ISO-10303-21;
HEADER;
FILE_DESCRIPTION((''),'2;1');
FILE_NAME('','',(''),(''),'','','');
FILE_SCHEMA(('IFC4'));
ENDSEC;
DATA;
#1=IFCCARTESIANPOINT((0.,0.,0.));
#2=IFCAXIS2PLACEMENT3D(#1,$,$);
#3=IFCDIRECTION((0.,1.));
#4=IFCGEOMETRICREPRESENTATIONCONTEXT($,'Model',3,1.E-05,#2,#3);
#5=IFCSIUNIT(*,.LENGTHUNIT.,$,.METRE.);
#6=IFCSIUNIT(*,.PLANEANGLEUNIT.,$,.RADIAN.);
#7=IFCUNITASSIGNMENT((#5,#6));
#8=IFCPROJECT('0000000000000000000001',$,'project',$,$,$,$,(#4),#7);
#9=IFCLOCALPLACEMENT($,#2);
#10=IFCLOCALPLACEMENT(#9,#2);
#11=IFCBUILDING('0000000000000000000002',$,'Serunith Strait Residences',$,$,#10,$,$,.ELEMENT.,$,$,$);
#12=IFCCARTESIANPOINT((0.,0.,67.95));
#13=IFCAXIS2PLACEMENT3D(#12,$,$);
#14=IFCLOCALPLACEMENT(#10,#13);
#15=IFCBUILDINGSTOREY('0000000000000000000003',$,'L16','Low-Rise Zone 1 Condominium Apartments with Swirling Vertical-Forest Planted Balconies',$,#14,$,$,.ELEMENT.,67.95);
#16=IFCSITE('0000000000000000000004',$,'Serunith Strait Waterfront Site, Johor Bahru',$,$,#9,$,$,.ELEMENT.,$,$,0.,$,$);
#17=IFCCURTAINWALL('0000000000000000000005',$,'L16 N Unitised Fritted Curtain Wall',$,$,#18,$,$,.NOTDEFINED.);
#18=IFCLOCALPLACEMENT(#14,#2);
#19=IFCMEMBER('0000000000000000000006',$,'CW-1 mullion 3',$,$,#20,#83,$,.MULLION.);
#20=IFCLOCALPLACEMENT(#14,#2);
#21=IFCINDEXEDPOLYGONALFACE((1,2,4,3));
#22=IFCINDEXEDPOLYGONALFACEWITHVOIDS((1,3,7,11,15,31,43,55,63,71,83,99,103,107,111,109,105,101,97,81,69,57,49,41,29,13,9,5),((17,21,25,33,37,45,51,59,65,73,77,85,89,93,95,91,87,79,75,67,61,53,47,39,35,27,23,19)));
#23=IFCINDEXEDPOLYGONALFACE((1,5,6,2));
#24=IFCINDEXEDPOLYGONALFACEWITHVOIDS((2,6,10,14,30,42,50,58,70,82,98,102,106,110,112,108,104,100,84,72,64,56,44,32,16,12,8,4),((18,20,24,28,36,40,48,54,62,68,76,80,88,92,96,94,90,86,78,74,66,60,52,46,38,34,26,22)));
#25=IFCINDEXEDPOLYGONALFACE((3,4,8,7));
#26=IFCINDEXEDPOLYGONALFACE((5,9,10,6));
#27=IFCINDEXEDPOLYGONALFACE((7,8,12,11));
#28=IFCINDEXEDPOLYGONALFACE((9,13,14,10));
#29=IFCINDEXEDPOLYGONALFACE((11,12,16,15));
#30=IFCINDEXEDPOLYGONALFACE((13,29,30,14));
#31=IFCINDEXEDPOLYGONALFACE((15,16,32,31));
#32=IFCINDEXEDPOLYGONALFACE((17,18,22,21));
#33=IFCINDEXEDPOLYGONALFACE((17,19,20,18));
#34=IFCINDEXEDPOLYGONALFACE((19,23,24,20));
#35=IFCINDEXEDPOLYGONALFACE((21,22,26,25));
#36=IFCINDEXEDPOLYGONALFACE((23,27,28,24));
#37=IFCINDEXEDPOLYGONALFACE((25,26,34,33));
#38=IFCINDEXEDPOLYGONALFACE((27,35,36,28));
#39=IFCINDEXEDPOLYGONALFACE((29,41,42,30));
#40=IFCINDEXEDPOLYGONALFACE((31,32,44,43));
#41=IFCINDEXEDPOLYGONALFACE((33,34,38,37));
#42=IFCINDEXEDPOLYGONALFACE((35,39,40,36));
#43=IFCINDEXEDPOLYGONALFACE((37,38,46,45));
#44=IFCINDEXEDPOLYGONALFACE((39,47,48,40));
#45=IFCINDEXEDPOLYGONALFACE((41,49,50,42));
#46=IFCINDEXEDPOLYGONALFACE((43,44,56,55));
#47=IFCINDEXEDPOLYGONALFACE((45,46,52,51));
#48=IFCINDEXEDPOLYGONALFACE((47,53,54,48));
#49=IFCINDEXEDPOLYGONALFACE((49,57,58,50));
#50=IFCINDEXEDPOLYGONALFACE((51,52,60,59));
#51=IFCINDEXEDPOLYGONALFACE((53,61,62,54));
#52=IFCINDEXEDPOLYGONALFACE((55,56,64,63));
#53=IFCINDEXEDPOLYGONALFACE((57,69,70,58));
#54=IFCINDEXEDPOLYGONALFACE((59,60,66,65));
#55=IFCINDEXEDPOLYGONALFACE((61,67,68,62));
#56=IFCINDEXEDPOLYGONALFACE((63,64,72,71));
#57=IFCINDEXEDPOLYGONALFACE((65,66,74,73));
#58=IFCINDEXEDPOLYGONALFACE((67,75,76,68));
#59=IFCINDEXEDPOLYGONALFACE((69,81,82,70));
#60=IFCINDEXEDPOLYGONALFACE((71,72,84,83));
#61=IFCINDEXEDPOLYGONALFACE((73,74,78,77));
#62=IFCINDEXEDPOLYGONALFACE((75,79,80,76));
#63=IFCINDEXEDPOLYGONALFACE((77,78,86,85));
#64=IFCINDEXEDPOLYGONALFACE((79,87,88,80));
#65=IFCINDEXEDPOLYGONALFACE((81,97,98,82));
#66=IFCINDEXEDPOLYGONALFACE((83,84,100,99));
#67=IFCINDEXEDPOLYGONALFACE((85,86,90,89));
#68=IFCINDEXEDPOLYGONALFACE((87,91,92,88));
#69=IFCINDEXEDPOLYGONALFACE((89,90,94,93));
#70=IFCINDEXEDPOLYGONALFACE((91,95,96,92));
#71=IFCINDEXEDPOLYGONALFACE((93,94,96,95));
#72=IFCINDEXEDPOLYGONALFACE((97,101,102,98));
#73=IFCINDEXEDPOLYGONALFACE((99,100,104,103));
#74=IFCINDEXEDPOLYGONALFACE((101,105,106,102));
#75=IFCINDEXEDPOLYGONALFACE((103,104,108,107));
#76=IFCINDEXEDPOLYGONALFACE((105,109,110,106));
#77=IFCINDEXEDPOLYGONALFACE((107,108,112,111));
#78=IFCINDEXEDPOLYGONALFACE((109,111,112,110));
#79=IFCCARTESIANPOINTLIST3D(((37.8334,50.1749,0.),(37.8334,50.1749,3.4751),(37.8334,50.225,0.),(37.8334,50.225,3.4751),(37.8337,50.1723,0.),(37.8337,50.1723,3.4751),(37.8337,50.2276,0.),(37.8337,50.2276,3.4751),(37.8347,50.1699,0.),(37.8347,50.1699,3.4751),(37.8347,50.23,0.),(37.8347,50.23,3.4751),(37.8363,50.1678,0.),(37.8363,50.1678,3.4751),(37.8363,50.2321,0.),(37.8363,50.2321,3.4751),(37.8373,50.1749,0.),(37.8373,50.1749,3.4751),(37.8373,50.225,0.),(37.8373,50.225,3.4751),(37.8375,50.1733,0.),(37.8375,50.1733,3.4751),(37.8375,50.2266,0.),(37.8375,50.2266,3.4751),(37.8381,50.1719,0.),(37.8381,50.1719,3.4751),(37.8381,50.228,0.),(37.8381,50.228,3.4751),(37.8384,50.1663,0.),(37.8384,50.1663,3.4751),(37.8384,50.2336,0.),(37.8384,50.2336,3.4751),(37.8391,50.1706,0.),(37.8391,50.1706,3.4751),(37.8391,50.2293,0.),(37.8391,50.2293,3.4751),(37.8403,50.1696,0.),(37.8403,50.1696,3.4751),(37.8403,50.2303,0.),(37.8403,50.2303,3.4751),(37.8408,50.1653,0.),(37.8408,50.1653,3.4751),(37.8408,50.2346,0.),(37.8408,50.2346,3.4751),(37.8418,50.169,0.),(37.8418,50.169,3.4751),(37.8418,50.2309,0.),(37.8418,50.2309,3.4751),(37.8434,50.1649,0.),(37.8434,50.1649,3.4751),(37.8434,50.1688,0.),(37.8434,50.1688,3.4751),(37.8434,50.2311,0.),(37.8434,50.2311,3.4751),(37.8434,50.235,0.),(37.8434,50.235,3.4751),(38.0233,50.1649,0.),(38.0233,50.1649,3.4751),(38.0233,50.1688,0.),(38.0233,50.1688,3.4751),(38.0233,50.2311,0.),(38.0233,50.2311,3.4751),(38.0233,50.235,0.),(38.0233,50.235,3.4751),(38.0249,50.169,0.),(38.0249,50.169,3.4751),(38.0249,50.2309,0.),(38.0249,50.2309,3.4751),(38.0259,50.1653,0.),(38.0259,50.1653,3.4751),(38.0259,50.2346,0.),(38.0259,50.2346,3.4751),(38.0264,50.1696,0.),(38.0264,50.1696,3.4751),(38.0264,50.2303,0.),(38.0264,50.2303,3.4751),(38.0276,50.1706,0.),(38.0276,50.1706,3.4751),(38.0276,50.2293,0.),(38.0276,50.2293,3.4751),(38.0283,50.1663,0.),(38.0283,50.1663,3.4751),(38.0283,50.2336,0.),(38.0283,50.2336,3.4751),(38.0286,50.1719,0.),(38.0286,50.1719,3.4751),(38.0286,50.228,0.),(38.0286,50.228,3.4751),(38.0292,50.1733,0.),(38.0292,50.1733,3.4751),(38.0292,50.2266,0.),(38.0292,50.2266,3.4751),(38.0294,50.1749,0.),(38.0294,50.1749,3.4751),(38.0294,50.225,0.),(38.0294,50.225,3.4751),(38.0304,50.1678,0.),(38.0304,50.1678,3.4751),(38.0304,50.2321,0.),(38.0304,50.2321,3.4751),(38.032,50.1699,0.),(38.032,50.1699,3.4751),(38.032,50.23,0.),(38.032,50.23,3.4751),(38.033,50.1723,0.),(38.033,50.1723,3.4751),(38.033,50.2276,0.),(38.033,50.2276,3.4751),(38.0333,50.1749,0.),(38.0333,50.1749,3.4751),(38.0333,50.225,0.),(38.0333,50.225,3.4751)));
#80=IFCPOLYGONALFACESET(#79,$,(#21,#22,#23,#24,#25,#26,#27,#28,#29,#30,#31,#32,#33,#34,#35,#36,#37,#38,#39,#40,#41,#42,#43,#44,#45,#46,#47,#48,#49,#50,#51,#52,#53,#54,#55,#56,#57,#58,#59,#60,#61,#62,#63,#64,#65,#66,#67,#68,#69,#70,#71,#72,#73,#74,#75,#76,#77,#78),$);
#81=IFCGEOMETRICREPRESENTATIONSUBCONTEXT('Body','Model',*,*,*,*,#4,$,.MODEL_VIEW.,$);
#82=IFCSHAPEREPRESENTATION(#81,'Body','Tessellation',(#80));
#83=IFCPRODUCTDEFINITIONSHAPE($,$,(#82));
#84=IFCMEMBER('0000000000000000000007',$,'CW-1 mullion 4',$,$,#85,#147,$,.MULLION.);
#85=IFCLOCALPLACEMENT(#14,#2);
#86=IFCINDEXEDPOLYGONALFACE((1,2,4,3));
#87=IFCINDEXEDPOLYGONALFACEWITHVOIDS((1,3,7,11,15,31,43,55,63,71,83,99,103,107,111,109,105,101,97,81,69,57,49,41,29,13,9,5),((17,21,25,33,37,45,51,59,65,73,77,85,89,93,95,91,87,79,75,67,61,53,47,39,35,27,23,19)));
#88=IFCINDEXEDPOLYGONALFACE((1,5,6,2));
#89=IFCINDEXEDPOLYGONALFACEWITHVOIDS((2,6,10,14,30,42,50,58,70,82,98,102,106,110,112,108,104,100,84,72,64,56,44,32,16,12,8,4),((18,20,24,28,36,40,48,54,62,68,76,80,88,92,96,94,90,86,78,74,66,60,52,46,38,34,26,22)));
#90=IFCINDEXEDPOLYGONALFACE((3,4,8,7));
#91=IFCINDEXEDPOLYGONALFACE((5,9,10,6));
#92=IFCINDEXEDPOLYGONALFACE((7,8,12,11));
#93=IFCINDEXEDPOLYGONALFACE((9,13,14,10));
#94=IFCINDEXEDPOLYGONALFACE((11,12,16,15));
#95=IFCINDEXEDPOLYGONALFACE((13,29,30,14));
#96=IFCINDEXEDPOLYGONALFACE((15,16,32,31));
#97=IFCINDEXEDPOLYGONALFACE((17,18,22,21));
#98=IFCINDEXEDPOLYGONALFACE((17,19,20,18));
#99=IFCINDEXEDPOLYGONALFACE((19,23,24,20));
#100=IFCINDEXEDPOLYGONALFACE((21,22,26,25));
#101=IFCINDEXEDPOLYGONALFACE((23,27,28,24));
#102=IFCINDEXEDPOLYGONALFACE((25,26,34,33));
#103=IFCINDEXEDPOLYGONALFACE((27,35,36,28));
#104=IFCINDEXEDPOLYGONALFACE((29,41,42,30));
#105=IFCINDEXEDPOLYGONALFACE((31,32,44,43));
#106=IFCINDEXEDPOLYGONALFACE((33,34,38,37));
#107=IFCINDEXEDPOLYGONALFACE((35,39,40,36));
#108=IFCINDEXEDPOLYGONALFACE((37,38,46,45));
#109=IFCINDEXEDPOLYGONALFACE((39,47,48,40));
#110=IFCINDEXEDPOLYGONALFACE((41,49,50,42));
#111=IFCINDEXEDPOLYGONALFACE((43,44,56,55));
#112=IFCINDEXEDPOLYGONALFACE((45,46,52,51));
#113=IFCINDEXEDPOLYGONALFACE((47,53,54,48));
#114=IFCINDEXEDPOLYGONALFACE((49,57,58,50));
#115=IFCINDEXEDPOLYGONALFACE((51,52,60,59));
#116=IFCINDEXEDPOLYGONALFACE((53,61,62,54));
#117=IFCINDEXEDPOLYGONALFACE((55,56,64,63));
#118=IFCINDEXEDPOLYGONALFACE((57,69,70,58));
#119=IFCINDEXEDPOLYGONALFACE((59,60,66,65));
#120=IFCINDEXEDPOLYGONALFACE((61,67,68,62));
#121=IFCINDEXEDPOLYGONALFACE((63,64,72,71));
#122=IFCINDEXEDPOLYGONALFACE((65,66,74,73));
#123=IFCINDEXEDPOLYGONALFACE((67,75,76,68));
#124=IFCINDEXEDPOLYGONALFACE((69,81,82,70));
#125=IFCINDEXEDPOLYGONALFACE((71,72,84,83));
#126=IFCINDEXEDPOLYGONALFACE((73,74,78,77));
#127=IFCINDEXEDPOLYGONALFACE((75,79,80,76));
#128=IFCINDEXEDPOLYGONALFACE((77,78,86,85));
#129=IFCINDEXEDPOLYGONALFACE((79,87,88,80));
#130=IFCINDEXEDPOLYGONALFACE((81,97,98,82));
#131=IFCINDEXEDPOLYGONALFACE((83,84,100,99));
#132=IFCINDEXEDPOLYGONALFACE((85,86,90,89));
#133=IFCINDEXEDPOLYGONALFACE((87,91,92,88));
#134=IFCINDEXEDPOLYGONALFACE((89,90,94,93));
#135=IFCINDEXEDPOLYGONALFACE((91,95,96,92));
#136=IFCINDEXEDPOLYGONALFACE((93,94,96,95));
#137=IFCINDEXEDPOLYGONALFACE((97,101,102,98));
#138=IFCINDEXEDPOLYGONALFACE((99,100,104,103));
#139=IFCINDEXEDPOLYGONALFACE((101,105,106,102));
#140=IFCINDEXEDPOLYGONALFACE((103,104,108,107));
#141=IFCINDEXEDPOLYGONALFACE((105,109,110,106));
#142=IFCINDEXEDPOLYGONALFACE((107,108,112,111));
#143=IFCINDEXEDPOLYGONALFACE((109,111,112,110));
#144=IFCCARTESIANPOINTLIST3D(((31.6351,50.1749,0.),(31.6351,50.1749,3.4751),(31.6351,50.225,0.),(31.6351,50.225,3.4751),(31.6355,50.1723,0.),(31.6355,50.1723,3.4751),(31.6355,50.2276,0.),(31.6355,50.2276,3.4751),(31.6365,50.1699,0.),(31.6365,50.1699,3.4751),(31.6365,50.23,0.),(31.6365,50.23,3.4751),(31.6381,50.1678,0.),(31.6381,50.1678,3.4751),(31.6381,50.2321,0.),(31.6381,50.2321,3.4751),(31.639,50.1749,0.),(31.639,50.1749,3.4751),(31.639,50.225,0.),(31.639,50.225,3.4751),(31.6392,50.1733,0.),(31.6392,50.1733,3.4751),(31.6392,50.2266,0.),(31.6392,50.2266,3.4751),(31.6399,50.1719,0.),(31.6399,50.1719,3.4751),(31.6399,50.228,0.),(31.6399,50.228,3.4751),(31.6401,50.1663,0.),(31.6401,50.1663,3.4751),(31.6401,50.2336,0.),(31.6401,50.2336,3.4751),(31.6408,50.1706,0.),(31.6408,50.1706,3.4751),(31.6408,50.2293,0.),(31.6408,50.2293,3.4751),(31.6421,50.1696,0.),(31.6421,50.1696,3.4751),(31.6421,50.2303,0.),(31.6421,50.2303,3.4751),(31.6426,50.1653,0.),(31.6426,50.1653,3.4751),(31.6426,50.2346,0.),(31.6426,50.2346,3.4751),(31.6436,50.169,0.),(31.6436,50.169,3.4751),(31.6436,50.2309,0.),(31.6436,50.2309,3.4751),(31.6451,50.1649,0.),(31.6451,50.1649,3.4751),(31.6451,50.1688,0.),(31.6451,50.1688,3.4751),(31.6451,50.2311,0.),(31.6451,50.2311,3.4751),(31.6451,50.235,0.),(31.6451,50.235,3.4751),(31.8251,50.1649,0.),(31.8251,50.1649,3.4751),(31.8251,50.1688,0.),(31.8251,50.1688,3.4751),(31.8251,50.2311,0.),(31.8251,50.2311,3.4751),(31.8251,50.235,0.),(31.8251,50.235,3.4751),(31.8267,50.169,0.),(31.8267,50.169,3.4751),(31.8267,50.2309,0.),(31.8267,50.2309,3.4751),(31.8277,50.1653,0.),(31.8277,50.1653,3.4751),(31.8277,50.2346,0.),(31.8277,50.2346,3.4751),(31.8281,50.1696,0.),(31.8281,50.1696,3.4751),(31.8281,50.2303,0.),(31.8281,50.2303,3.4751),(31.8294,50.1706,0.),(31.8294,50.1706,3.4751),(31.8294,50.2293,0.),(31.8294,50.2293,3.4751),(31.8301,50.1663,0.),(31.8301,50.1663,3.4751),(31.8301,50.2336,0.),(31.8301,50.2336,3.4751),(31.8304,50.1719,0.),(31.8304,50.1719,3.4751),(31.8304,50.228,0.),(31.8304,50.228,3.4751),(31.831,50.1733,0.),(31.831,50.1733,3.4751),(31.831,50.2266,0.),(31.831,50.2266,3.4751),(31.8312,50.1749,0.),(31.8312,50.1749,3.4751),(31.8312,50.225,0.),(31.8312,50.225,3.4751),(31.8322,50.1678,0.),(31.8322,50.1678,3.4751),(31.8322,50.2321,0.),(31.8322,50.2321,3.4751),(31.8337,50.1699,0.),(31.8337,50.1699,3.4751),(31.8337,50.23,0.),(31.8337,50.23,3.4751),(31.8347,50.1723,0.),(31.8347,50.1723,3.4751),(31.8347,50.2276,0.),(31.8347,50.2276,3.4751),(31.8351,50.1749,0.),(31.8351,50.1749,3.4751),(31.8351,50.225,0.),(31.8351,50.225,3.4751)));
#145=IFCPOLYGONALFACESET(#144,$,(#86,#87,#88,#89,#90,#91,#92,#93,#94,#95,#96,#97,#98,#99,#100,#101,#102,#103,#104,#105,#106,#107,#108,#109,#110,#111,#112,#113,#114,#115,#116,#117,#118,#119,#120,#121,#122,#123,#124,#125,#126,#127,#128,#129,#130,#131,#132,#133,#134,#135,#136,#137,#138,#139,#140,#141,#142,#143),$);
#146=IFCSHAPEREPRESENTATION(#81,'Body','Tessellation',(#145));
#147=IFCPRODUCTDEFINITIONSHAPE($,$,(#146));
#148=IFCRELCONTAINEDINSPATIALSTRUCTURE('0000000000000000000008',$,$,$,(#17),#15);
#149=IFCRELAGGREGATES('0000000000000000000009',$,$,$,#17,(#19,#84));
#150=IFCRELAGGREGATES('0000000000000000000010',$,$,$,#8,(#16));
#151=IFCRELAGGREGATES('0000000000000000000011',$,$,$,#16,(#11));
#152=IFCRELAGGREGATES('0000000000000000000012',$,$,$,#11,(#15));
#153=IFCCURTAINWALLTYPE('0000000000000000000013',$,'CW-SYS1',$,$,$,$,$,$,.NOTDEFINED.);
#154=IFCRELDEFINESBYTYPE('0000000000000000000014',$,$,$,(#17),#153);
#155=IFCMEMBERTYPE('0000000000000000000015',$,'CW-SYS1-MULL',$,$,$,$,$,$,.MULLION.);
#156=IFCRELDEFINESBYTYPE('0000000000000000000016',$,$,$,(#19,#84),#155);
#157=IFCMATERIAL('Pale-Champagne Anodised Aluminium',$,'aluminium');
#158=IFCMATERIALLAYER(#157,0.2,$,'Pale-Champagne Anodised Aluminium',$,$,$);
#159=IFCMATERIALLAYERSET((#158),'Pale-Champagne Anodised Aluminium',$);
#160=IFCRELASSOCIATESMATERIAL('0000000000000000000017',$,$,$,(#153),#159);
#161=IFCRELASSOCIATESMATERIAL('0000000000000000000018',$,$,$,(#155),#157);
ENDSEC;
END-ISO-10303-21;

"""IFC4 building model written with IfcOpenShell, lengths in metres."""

from ifc_helpers import new_model, si_unit, direction, frame, origin, origin_2d, place, context, subcontext, project, spatial, hollow_rectangle, extrude, source, transform, mapped, material, layer, layer_set, material_profile, profile_set, type_object, element, aggregate, save


model = new_model("IFC4")

# Units and contexts
model_context = context("Model", 3, precision=1e-05, world=origin(), true_north=direction((0.0, 1.0)))
body_context = subcontext(model_context, "Body", "Model", "MODEL_VIEW")
ifc_project = project(units=[si_unit("LENGTHUNIT", "METRE"), si_unit("PLANEANGLEUNIT", "RADIAN")], contexts=[model_context])

# Site, building, storey
site_placement = place(None, origin())
site = spatial("IfcSite", under=ifc_project, at=site_placement, Name="Serunith Strait Waterfront Site, Johor Bahru", CompositionType="ELEMENT", RefElevation=0.0)
building_placement = place(site_placement, origin())
building = spatial("IfcBuilding", under=site, at=building_placement, Name="Serunith Strait Residences", CompositionType="ELEMENT")
storey_placement = place(building_placement, frame((0.0, 0.0, 67.95)))
storey = spatial("IfcBuildingStorey", under=building, at=storey_placement, Name="L16", Description="Low-Rise Zone 1 Condominium Apartments with Swirling Vertical-Forest Planted Balconies", CompositionType="ELEMENT", Elevation=67.95)

# Curtain wall, members
ifc_material_1 = material(Name="Pale-Champagne Anodised Aluminium", Category="aluminium")
ifc_layer_1 = layer(ifc_material_1, 0.2, Name="Pale-Champagne Anodised Aluminium")
ifc_layer_set_1 = layer_set([ifc_layer_1], Name="Pale-Champagne Anodised Aluminium")
curtain_wall_type = type_object("IfcCurtainWallType", Name="CW-SYS1", PredefinedType="NOTDEFINED", material=ifc_layer_set_1)
curtain_wall_placement = place(storey_placement, origin())
curtain_wall = element("IfcCurtainWall", 1, at=curtain_wall_placement, inside=storey, type_object=curtain_wall_type, Name="L16 N Unitised Fritted Curtain Wall", PredefinedType="NOTDEFINED")
ifc_material_profile_1 = material_profile(ifc_material_1, hollow_rectangle(XDim=0.0701, YDim=0.2, WallThickness=0.0039, InnerFilletRadius=0.0061, OuterFilletRadius=0.01, at=origin_2d()), Name="ALU 200x70x4")
ifc_profile_set_1 = profile_set([ifc_material_profile_1], Name="Pale-Champagne Anodised Aluminium")
member_type_1 = type_object("IfcMemberType", Name="CW-SYS1-MULL", PredefinedType="MULLION", material=ifc_profile_set_1)
shared_shape_1 = source(origin(), body_context, "Body", "SweptSolid", [
    extrude(hollow_rectangle(XDim=0.0701, YDim=0.2, WallThickness=0.0039, InnerFilletRadius=0.0061, OuterFilletRadius=0.01, at=origin_2d()), origin(), (0.0, 0.0, 1.0), 3.4751),
])
member_1_placement = place(storey_placement, frame((37.9333, 50.2, 0.0), z_axis=(0.0, 0.0, 1.0), x_axis=(0.0, -1.0, 0.0)))
member_1 = element("IfcMember", 2, at=member_1_placement, type_object=member_type_1, Name="CW-1 mullion 3", PredefinedType="MULLION", context=body_context, shape_type="MappedRepresentation", body=[
    mapped(shared_shape_1, transform((0.0, 0.0, 0.0), scale=1.0)),
])
member_2_placement = place(storey_placement, frame((31.7351, 50.2, 0.0), z_axis=(0.0, 0.0, 1.0), x_axis=(0.0, -1.0, 0.0)))
member_2 = element("IfcMember", 3, at=member_2_placement, type_object=member_type_1, Name="CW-1 mullion 4", PredefinedType="MULLION", context=body_context, shape_type="MappedRepresentation", body=[
    mapped(shared_shape_1, transform((0.0, 0.0, 0.0), scale=1.0)),
])
aggregate(curtain_wall, [member_1, member_2])

save(model, "model.ifc")
